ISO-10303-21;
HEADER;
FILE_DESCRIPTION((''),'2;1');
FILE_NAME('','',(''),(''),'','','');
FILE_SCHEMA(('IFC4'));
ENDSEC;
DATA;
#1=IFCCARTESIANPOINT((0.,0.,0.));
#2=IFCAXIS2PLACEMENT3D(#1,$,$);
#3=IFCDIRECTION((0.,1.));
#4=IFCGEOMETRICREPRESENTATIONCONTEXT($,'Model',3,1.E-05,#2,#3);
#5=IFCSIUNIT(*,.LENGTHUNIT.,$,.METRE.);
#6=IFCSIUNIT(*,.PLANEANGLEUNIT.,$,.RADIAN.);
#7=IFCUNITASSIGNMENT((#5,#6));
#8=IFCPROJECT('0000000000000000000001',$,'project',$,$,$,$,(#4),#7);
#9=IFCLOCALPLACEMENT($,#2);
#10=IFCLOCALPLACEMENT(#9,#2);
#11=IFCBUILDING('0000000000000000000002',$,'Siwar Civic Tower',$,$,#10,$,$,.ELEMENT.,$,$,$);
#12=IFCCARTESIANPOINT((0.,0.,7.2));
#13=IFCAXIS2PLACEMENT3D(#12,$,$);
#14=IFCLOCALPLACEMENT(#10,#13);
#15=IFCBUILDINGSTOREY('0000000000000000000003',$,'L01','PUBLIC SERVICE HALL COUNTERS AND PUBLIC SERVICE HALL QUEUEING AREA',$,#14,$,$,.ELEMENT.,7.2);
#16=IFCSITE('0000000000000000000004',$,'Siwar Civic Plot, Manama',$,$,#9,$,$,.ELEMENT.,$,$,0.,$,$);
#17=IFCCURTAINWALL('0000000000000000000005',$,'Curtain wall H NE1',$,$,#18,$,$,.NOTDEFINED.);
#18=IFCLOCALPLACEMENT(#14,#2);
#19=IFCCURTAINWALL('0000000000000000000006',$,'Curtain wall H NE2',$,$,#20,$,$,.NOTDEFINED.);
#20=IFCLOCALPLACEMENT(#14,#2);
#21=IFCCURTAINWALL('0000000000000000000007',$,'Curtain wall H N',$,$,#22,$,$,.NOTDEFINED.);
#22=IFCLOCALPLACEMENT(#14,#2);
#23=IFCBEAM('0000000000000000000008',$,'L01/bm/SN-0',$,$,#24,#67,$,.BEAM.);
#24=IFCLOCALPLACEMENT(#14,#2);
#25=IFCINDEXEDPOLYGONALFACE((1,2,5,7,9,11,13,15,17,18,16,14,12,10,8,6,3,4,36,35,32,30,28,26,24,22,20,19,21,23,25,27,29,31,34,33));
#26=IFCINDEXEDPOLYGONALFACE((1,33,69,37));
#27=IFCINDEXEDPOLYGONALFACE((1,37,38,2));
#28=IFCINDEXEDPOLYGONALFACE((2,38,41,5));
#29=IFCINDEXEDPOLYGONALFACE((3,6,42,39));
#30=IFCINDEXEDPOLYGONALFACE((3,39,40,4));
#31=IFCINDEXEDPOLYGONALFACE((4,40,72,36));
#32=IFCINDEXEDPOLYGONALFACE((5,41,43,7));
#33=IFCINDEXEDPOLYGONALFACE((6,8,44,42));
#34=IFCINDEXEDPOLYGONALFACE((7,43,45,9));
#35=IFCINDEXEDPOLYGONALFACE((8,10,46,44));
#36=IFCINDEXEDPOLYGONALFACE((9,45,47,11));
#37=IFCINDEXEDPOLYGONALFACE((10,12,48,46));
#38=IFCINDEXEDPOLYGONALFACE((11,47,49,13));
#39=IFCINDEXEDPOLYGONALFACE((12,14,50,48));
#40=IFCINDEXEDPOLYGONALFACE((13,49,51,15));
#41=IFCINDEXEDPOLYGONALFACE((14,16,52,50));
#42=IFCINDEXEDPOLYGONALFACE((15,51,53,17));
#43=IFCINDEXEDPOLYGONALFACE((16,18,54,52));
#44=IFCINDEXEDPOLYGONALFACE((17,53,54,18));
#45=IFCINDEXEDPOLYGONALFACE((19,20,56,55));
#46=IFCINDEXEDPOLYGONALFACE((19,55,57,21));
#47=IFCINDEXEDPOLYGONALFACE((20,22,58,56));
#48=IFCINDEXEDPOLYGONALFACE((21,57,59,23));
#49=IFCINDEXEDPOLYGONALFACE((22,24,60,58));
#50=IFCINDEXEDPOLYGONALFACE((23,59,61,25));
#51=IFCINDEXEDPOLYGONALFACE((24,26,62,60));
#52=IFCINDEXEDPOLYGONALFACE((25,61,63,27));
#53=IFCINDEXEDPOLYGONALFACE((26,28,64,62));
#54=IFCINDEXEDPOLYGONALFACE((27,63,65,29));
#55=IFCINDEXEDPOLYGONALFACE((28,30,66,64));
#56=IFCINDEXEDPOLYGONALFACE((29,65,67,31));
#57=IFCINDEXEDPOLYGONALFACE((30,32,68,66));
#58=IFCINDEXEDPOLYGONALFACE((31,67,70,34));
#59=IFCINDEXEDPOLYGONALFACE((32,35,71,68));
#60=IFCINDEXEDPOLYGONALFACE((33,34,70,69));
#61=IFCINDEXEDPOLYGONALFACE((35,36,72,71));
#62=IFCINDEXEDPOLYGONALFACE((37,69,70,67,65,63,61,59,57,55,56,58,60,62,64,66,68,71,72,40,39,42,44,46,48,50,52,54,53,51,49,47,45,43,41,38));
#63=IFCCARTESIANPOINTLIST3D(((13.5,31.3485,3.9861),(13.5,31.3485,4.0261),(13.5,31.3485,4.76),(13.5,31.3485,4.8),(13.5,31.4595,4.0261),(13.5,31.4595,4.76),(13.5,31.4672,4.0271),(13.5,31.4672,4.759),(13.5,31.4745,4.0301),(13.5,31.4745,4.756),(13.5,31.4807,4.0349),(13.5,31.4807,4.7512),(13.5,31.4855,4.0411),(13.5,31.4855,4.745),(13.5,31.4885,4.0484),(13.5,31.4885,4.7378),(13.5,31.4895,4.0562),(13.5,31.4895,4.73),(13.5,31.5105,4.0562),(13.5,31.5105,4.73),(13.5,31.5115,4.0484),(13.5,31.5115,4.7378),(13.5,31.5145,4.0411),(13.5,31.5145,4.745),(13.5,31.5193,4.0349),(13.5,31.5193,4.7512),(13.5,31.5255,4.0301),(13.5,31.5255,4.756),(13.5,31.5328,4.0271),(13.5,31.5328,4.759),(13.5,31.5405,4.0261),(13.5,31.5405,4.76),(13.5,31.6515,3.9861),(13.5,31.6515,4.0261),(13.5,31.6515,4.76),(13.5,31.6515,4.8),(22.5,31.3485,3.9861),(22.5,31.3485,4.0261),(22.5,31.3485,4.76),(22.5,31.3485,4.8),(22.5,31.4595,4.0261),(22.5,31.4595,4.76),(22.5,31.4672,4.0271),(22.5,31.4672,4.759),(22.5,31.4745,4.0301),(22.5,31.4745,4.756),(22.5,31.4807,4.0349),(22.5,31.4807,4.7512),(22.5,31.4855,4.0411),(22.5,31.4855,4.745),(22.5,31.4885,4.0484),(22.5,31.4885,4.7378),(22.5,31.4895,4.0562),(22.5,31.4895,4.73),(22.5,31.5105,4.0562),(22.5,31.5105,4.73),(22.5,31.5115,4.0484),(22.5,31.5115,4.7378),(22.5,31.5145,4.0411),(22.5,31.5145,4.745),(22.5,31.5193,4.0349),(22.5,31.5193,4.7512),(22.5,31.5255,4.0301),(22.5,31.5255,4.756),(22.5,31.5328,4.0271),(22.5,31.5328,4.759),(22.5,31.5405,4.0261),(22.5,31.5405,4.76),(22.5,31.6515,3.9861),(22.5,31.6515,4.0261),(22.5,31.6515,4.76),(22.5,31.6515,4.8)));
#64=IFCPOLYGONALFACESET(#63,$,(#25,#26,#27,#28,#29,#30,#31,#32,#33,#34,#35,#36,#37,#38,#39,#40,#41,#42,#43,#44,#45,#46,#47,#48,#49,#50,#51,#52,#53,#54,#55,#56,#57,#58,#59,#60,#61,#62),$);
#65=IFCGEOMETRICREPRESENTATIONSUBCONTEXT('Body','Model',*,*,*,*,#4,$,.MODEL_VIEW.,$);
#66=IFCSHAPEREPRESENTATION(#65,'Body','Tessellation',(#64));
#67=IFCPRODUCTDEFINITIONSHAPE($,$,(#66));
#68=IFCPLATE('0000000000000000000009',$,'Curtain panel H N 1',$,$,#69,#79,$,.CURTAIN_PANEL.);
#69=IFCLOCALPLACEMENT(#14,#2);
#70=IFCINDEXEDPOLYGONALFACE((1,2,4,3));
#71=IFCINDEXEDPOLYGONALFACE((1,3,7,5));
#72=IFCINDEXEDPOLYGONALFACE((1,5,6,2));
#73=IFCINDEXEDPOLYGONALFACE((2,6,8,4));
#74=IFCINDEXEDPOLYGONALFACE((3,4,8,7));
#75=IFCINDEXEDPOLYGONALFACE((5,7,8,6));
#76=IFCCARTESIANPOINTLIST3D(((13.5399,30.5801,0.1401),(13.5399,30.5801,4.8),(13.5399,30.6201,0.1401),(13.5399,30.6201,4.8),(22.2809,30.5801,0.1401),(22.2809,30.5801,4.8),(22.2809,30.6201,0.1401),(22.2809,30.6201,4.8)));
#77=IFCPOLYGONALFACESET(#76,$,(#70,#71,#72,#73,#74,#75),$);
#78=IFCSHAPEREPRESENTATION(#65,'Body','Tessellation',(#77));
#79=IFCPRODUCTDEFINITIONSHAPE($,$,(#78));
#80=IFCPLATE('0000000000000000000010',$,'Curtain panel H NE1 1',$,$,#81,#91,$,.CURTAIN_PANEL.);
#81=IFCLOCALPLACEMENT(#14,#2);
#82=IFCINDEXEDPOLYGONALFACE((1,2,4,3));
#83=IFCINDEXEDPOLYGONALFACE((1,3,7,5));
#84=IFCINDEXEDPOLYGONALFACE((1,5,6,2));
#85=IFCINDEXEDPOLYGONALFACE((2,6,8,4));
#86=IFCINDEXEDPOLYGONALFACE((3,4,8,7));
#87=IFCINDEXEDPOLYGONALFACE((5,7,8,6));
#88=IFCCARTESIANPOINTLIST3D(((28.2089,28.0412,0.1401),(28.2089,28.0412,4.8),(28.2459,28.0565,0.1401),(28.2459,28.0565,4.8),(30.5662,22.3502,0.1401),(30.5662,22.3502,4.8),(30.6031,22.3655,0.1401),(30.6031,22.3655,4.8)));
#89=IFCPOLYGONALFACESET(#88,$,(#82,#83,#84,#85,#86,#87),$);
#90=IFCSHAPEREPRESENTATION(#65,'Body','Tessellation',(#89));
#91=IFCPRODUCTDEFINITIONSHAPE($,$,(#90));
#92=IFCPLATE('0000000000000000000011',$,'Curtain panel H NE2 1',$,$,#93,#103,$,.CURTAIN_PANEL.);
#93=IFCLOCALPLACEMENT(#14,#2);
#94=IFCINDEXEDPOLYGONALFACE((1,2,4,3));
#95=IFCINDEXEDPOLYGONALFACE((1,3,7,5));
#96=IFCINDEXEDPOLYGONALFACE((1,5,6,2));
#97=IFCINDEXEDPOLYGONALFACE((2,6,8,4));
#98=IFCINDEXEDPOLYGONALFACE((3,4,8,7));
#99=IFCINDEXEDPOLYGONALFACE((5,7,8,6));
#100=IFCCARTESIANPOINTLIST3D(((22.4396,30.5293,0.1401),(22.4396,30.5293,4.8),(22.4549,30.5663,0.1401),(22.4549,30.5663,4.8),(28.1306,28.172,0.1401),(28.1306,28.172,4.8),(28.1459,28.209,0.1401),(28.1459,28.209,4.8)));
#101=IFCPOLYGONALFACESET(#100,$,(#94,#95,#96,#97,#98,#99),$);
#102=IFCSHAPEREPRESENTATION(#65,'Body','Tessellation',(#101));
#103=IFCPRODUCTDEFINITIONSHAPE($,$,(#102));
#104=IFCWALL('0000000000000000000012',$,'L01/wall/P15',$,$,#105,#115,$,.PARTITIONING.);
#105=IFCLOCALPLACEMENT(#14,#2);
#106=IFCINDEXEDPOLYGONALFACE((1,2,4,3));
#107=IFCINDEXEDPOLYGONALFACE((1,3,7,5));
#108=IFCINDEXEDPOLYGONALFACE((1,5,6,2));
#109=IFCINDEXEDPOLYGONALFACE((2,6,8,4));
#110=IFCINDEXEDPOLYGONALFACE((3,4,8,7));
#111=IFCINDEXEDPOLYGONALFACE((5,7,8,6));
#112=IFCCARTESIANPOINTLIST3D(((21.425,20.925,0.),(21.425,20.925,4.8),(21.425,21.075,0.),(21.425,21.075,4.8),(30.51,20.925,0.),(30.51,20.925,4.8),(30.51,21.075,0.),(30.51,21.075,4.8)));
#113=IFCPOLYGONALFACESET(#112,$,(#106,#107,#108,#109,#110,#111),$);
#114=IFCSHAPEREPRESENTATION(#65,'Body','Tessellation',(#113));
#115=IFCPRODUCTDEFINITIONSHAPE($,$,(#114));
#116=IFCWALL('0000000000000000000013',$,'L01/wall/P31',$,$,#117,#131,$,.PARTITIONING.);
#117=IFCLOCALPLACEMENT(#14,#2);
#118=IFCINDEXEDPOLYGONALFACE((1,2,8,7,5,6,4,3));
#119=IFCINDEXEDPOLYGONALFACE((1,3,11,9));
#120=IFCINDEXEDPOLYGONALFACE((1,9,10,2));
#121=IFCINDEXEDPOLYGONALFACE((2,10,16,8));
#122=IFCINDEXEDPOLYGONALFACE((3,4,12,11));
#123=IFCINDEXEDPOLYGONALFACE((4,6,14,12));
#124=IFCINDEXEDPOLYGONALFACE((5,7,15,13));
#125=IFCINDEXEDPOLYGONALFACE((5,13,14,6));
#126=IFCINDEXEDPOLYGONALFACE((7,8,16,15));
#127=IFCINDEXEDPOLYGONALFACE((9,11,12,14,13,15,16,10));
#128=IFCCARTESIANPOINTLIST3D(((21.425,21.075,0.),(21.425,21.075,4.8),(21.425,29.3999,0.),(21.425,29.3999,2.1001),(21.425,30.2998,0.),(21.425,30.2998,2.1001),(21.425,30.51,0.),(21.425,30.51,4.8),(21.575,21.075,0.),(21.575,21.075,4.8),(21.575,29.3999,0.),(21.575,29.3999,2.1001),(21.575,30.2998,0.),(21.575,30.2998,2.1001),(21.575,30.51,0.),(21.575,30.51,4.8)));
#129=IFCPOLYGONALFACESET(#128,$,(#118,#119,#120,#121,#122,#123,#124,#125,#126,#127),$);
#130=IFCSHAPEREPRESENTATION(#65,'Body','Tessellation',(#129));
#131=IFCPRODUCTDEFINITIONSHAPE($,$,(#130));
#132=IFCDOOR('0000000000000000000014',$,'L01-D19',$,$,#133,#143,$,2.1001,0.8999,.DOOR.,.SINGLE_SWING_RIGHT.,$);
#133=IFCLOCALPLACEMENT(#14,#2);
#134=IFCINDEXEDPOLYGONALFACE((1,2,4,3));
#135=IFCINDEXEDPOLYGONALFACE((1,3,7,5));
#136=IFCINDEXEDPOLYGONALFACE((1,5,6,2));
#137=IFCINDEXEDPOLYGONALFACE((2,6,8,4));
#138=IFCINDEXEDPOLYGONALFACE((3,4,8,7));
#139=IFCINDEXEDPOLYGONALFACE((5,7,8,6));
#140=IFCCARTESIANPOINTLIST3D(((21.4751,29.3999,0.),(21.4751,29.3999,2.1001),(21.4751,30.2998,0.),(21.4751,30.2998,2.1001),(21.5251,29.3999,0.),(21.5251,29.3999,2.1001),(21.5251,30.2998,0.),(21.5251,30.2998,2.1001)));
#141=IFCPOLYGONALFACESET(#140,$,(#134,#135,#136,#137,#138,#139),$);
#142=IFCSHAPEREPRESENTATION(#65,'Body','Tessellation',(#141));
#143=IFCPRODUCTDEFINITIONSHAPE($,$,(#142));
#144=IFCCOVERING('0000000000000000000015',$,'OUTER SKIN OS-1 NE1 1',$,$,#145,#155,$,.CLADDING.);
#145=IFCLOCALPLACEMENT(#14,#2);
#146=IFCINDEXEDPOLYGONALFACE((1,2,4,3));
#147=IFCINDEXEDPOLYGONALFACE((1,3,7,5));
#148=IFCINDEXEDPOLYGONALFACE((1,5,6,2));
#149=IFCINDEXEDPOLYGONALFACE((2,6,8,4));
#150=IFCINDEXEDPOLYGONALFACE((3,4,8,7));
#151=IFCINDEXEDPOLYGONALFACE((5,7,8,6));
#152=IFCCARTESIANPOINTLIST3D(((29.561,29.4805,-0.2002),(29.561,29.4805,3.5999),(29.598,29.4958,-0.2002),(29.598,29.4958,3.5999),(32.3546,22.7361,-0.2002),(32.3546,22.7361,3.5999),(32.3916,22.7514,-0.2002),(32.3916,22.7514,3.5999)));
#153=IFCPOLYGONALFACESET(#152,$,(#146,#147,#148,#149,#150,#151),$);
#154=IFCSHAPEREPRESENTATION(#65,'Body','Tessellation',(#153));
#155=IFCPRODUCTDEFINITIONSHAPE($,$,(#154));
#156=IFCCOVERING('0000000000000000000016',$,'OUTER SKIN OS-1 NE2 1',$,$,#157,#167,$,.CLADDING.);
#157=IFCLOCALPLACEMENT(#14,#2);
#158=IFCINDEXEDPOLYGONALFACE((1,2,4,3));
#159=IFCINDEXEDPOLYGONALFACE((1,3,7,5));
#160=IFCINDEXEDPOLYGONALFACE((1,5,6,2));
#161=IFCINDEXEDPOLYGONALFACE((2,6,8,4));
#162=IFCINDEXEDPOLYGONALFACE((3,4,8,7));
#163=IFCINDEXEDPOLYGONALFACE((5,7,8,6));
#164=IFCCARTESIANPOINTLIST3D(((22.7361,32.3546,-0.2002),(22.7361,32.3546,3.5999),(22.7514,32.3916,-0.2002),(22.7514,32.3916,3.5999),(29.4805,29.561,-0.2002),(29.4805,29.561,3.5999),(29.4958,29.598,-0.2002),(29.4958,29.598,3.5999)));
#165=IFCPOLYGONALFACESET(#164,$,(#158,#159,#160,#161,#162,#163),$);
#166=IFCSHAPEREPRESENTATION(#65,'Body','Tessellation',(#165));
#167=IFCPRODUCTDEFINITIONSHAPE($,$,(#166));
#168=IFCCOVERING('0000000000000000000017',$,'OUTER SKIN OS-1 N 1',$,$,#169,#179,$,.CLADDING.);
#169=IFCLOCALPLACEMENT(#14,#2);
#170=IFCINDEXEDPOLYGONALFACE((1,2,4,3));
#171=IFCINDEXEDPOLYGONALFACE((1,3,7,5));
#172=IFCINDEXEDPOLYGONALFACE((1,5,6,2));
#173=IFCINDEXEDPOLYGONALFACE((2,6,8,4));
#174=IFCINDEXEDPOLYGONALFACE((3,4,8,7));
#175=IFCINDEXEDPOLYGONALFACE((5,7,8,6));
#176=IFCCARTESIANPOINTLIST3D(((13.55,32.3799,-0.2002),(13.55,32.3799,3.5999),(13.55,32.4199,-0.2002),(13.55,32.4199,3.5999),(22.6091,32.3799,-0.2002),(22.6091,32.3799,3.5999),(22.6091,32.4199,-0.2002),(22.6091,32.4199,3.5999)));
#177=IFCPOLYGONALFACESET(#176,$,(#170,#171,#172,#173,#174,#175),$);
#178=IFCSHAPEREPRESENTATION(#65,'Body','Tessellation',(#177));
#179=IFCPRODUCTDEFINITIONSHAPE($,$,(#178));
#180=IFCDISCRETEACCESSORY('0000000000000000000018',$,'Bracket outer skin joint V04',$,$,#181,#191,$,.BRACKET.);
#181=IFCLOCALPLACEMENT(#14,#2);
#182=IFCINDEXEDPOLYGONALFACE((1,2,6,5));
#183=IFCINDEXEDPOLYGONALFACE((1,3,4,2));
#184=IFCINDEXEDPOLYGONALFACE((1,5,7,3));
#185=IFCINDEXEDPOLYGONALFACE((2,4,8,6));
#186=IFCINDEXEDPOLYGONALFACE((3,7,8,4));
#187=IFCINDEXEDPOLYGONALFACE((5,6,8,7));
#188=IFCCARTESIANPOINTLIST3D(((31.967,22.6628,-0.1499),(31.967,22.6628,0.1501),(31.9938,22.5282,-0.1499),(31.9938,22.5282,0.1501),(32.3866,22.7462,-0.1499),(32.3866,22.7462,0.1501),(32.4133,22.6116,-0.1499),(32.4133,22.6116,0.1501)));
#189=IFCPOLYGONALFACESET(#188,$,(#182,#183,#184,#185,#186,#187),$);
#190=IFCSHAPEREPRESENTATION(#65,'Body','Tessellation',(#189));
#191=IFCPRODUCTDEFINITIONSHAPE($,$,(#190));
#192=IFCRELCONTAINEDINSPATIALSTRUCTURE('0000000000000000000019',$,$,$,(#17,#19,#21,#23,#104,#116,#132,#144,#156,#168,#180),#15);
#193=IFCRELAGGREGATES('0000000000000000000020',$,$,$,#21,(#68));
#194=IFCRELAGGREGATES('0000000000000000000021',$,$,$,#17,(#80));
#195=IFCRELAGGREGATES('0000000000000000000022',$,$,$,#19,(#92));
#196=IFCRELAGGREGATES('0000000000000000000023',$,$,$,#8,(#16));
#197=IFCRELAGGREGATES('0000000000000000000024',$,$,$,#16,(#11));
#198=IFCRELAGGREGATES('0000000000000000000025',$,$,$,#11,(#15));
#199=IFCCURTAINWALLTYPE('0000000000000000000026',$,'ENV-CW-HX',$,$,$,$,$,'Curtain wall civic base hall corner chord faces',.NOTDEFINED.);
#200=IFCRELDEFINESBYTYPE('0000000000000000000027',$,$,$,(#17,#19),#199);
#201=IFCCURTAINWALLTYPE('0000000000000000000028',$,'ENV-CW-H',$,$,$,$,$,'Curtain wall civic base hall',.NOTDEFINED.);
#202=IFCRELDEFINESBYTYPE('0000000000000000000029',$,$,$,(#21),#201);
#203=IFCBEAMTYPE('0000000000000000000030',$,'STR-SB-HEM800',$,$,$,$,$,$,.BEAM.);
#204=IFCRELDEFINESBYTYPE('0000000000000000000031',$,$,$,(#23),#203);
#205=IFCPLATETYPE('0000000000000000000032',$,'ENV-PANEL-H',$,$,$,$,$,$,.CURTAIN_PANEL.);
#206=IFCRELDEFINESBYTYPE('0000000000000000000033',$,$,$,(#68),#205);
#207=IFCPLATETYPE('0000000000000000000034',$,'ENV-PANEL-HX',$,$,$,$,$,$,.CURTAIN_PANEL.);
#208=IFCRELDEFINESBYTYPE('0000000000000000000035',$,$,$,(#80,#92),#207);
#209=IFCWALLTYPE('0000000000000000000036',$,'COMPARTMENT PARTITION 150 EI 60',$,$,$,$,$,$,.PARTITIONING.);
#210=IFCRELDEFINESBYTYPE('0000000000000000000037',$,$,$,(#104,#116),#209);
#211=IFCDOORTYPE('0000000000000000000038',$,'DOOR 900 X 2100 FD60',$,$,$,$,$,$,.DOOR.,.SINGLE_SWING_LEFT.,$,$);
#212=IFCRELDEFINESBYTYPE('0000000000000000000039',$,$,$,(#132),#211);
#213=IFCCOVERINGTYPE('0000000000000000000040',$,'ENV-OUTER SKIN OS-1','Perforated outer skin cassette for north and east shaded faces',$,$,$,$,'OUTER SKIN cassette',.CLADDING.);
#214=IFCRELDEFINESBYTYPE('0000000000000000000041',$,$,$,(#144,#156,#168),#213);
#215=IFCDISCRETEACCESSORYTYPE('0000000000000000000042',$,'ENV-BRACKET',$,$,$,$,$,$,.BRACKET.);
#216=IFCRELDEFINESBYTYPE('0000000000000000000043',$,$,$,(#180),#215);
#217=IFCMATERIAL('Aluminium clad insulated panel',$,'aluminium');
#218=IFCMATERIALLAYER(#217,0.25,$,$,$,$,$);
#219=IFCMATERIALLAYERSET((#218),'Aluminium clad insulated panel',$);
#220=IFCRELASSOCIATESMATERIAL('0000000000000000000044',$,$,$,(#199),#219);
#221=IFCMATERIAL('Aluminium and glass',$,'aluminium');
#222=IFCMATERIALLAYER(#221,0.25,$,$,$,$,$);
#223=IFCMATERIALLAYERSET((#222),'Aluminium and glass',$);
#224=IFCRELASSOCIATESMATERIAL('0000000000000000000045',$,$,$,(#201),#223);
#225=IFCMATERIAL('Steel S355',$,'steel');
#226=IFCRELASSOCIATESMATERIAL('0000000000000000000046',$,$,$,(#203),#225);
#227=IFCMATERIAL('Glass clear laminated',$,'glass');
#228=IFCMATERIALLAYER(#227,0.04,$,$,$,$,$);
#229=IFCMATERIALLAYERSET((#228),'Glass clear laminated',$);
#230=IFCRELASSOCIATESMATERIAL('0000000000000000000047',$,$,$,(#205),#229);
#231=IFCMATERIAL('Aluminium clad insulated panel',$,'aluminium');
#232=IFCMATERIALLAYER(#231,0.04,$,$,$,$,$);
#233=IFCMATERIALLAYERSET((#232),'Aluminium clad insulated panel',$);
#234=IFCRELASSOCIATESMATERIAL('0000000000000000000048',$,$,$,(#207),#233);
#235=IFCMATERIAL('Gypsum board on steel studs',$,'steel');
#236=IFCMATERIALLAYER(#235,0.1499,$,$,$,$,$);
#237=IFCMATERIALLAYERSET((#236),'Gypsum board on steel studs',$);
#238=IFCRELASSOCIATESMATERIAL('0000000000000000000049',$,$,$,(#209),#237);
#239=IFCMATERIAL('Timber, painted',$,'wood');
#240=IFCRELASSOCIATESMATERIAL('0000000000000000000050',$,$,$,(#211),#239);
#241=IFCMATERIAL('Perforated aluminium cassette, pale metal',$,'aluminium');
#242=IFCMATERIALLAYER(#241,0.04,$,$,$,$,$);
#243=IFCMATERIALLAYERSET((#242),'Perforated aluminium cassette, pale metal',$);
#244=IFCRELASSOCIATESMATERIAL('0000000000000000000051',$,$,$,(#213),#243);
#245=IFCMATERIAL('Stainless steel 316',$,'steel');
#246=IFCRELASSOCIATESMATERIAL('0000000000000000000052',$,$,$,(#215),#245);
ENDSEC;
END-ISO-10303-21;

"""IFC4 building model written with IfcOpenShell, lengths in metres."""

from ifc_helpers import new_model, si_unit, direction, frame, frame_2d, origin, origin_2d, place, context, subcontext, project, spatial, rectangle, i_section, extrude, material, layer, layer_set, material_profile, profile_set, type_object, element, fill, aggregate, save


model = new_model("IFC4")

# Units and contexts
model_context = context("Model", 3, precision=1e-05, world=origin(), true_north=direction((0.0, 1.0)))
body_context = subcontext(model_context, "Body", "Model", "MODEL_VIEW")
ifc_project = project(units=[si_unit("LENGTHUNIT", "METRE"), si_unit("PLANEANGLEUNIT", "RADIAN")], contexts=[model_context])

# Site, building, storey
site_placement = place(None, origin())
site = spatial("IfcSite", under=ifc_project, at=site_placement, Name="Siwar Civic Plot, Manama", CompositionType="ELEMENT", RefElevation=0.0)
building_placement = place(site_placement, origin())
building = spatial("IfcBuilding", under=site, at=building_placement, Name="Siwar Civic Tower", CompositionType="ELEMENT")
storey_placement = place(building_placement, frame((0.0, 0.0, 7.2)))
storey = spatial("IfcBuildingStorey", under=building, at=storey_placement, Name="L01", Description="PUBLIC SERVICE HALL COUNTERS AND PUBLIC SERVICE HALL QUEUEING AREA", CompositionType="ELEMENT", Elevation=7.2)

# Curtain walls
ifc_material_1 = material(Name="Aluminium clad insulated panel", Category="aluminium")
ifc_layer_1 = layer(ifc_material_1, 0.25)
ifc_layer_set_1 = layer_set([ifc_layer_1], Name="Aluminium clad insulated panel")
curtain_wall_type_1 = type_object("IfcCurtainWallType", Name="ENV-CW-HX", ElementType="Curtain wall civic base hall corner chord faces", PredefinedType="NOTDEFINED", material=ifc_layer_set_1)
curtain_wall_1_placement = place(storey_placement, origin())
curtain_wall_1 = element("IfcCurtainWall", 1, at=curtain_wall_1_placement, inside=storey, type_object=curtain_wall_type_1, Name="Curtain wall H NE1", PredefinedType="NOTDEFINED")
curtain_wall_2_placement = place(storey_placement, origin())
curtain_wall_2 = element("IfcCurtainWall", 2, at=curtain_wall_2_placement, inside=storey, type_object=curtain_wall_type_1, Name="Curtain wall H NE2", PredefinedType="NOTDEFINED")
ifc_material_2 = material(Name="Aluminium and glass", Category="aluminium")
ifc_layer_2 = layer(ifc_material_2, 0.25)
ifc_layer_set_2 = layer_set([ifc_layer_2], Name="Aluminium and glass")
curtain_wall_type_2 = type_object("IfcCurtainWallType", Name="ENV-CW-H", ElementType="Curtain wall civic base hall", PredefinedType="NOTDEFINED", material=ifc_layer_set_2)
curtain_wall_3_placement = place(storey_placement, origin())
curtain_wall_3 = element("IfcCurtainWall", 3, at=curtain_wall_3_placement, inside=storey, type_object=curtain_wall_type_2, Name="Curtain wall H N", PredefinedType="NOTDEFINED")

# Beam
ifc_material_3 = material(Name="Steel S355", Category="steel")
ifc_material_profile_1 = material_profile(ifc_material_3, i_section(OverallWidth=0.303, OverallDepth=0.814, WebThickness=0.021, FlangeThickness=0.04, FilletRadius=0.03, at=origin_2d()), Name="HEM800")
ifc_profile_set_1 = profile_set([ifc_material_profile_1], Name="Steel S355")
beam_type_1 = type_object("IfcBeamType", Name="STR-SB-HEM800", PredefinedType="BEAM", material=ifc_profile_set_1)
beam_1_placement = place(storey_placement, frame((22.5, 31.5, 4.3931), z_axis=(-1.0, 0.0, 0.0), x_axis=(0.0, -1.0, 0.0)))
element("IfcBeam", 4, at=beam_1_placement, inside=storey, type_object=beam_type_1, Name="L01/bm/SN-0", PredefinedType="BEAM", context=body_context, shape_type="SweptSolid", body=[
    extrude(i_section(OverallWidth=0.303, OverallDepth=0.814, WebThickness=0.021, FlangeThickness=0.04, FilletRadius=0.03, at=origin_2d()), origin(), (0.0, 0.0, 1.0), 9.0),
])

# Plates
ifc_material_4 = material(Name="Glass clear laminated", Category="glass")
ifc_layer_3 = layer(ifc_material_4, 0.04)
ifc_layer_set_3 = layer_set([ifc_layer_3], Name="Glass clear laminated")
plate_type_1 = type_object("IfcPlateType", Name="ENV-PANEL-H", PredefinedType="CURTAIN_PANEL", material=ifc_layer_set_3)
plate_1_placement = place(storey_placement, frame((17.9104, 30.6001, 0.1401), z_axis=(0.0, 0.0, 1.0), x_axis=(-1.0, 0.0, 0.0)))
plate_1 = element("IfcPlate", 5, at=plate_1_placement, type_object=plate_type_1, Name="Curtain panel H N 1", PredefinedType="CURTAIN_PANEL", context=body_context, shape_type="SweptSolid", body=[
    extrude(rectangle(XDim=8.741, YDim=0.04, at=origin_2d()), origin(), (0.0, 0.0, 1.0), 4.6599),
])
aggregate(curtain_wall_3, [plate_1])
ifc_material_5 = material(Name="Aluminium clad insulated panel", Category="aluminium")
ifc_layer_4 = layer(ifc_material_5, 0.04)
ifc_layer_set_4 = layer_set([ifc_layer_4], Name="Aluminium clad insulated panel")
plate_type_2 = type_object("IfcPlateType", Name="ENV-PANEL-HX", PredefinedType="CURTAIN_PANEL", material=ifc_layer_set_4)
plate_2_placement = place(storey_placement, frame((29.406, 25.2034, 0.1401), z_axis=(0.0, 0.0, 1.0), x_axis=(-0.382683, 0.92388, 0.0)))
plate_2 = element("IfcPlate", 6, at=plate_2_placement, type_object=plate_type_2, Name="Curtain panel H NE1 1", PredefinedType="CURTAIN_PANEL", context=body_context, shape_type="SweptSolid", body=[
    extrude(rectangle(XDim=6.1599, YDim=0.04, at=origin_2d()), origin(), (0.0, 0.0, 1.0), 4.6599),
])
aggregate(curtain_wall_1, [plate_2])
plate_3_placement = place(storey_placement, frame((25.2927, 29.3691, 0.1401), z_axis=(0.0, 0.0, 1.0), x_axis=(-0.92388, 0.382683, 0.0)))
plate_3 = element("IfcPlate", 7, at=plate_3_placement, type_object=plate_type_2, Name="Curtain panel H NE2 1", PredefinedType="CURTAIN_PANEL", context=body_context, shape_type="SweptSolid", body=[
    extrude(rectangle(XDim=6.1599, YDim=0.04, at=origin_2d()), origin(), (0.0, 0.0, 1.0), 4.6599),
])
aggregate(curtain_wall_2, [plate_3])

# Wall
ifc_material_6 = material(Name="Gypsum board on steel studs", Category="steel")
ifc_layer_5 = layer(ifc_material_6, 0.1499)
ifc_layer_set_5 = layer_set([ifc_layer_5], Name="Gypsum board on steel studs")
wall_type = type_object("IfcWallType", Name="COMPARTMENT PARTITION 150 EI 60", PredefinedType="PARTITIONING", material=ifc_layer_set_5)
wall_1_placement = place(storey_placement, frame((21.425, 21.0, 0.0), z_axis=(0.0, 0.0, 1.0), x_axis=(1.0, 0.0, 0.0)))
element("IfcWall", 8, at=wall_1_placement, inside=storey, type_object=wall_type, Name="L01/wall/P15", PredefinedType="PARTITIONING", context=body_context, shape_type="SweptSolid", body=[
    extrude(rectangle(XDim=9.085, YDim=0.1499, at=frame_2d((4.5425, 0.0))), origin(), (0.0, 0.0, 1.0), 4.8),
])

# Wall, opening, door
wall_2_placement = place(storey_placement, frame((21.5, 21.075, 0.0), z_axis=(0.0, 0.0, 1.0), x_axis=(0.0, 1.0, 0.0)))
wall_2 = element("IfcWall", 9, at=wall_2_placement, inside=storey, type_object=wall_type, Name="L01/wall/P31", PredefinedType="PARTITIONING", context=body_context, shape_type="SweptSolid", body=[
    extrude(rectangle(XDim=9.4351, YDim=0.1499, at=frame_2d((4.7175, 0.0))), origin(), (0.0, 0.0, 1.0), 4.8),
])
opening_placement = place(wall_2_placement, frame((8.325, 0.0, 0.0)))
opening = element("IfcOpeningElement", 10, at=opening_placement, cuts=wall_2, PredefinedType="OPENING", context=body_context, shape_type="SweptSolid", body=[
    extrude(rectangle(XDim=0.8999, YDim=2.1001, at=frame_2d((0.45, 1.05))), frame((0.0, 0.085, 0.0), z_axis=(0.0, -1.0, 0.0), x_axis=(1.0, 0.0, 0.0)), (0.0, 0.0, 1.0), 0.1699),
])
ifc_material_7 = material(Name="Timber, painted", Category="wood")
door_type = type_object("IfcDoorType", Name="DOOR 900 X 2100 FD60", OperationType="SINGLE_SWING_LEFT", PredefinedType="DOOR", material=ifc_material_7)
door_placement = place(opening_placement, origin())
door = element("IfcDoor", 11, at=door_placement, inside=storey, type_object=door_type, Name="L01-D19", OperationType="SINGLE_SWING_RIGHT", OverallHeight=2.1001, OverallWidth=0.8999, PredefinedType="DOOR", context=body_context, shape_type="SweptSolid", body=[
    extrude(rectangle(XDim=0.8999, YDim=2.1001, at=frame_2d((0.45, 1.05))), frame((0.0, 0.0249, 0.0), z_axis=(0.0, -1.0, 0.0), x_axis=(1.0, 0.0, 0.0)), (0.0, 0.0, 1.0), 0.05),
])
fill(opening, door)

# Coverings
ifc_material_8 = material(Name="Perforated aluminium cassette, pale metal", Category="aluminium")
ifc_layer_6 = layer(ifc_material_8, 0.04)
ifc_layer_set_6 = layer_set([ifc_layer_6], Name="Perforated aluminium cassette, pale metal")
covering_type = type_object("IfcCoveringType", Name="ENV-OUTER SKIN OS-1", Description="Perforated outer skin cassette for north and east shaded faces", ElementType="OUTER SKIN cassette", PredefinedType="CLADDING", material=ifc_layer_set_6)
for number, where, z_axis, x_axis, name in (
    (12, (30.9763, 26.116, -0.2002), (0.0, 0.0, 1.0), (-0.382683, 0.92388, 0.0), "OUTER SKIN OS-1 NE1 1"),
    (13, (26.116, 30.9763, -0.2002), (0.0, 0.0, 1.0), (-0.92388, 0.382683, 0.0), "OUTER SKIN OS-1 NE2 1"),
):
    element("IfcCovering", number, at=place(storey_placement, frame(where, z_axis=z_axis, x_axis=x_axis)), inside=storey, type_object=covering_type, Name=name, PredefinedType="CLADDING", context=body_context, shape_type="SweptSolid", body=[
        extrude(rectangle(XDim=7.3, YDim=0.04, at=origin_2d()), origin(), (0.0, 0.0, 1.0), 3.8),
    ])
covering_placement = place(storey_placement, frame((18.0796, 32.3999, -0.2002), z_axis=(0.0, 0.0, 1.0), x_axis=(-1.0, 0.0, 0.0)))
element("IfcCovering", 14, at=covering_placement, inside=storey, type_object=covering_type, Name="OUTER SKIN OS-1 N 1", PredefinedType="CLADDING", context=body_context, shape_type="SweptSolid", body=[
    extrude(rectangle(XDim=9.0591, YDim=0.04, at=origin_2d()), origin(), (0.0, 0.0, 1.0), 3.8),
])

# Discrete accessory
ifc_material_9 = material(Name="Stainless steel 316", Category="steel")
discrete_accessory_type = type_object("IfcDiscreteAccessoryType", Name="ENV-BRACKET", PredefinedType="BRACKET", material=ifc_material_9)
discrete_accessory_1_placement = place(storey_placement, frame((32.1902, 22.6372, -0.1499), z_axis=(0.0, 0.0, 1.0), x_axis=(0.980785, 0.19509, 0.0)))
element("IfcDiscreteAccessory", 15, at=discrete_accessory_1_placement, inside=storey, type_object=discrete_accessory_type, Name="Bracket outer skin joint V04", PredefinedType="BRACKET", context=body_context, shape_type="SweptSolid", body=[
    extrude(rectangle(XDim=0.4277, YDim=0.1372, at=origin_2d()), origin(), (0.0, 0.0, 1.0), 0.3),
])

save(model, "model.ifc")
